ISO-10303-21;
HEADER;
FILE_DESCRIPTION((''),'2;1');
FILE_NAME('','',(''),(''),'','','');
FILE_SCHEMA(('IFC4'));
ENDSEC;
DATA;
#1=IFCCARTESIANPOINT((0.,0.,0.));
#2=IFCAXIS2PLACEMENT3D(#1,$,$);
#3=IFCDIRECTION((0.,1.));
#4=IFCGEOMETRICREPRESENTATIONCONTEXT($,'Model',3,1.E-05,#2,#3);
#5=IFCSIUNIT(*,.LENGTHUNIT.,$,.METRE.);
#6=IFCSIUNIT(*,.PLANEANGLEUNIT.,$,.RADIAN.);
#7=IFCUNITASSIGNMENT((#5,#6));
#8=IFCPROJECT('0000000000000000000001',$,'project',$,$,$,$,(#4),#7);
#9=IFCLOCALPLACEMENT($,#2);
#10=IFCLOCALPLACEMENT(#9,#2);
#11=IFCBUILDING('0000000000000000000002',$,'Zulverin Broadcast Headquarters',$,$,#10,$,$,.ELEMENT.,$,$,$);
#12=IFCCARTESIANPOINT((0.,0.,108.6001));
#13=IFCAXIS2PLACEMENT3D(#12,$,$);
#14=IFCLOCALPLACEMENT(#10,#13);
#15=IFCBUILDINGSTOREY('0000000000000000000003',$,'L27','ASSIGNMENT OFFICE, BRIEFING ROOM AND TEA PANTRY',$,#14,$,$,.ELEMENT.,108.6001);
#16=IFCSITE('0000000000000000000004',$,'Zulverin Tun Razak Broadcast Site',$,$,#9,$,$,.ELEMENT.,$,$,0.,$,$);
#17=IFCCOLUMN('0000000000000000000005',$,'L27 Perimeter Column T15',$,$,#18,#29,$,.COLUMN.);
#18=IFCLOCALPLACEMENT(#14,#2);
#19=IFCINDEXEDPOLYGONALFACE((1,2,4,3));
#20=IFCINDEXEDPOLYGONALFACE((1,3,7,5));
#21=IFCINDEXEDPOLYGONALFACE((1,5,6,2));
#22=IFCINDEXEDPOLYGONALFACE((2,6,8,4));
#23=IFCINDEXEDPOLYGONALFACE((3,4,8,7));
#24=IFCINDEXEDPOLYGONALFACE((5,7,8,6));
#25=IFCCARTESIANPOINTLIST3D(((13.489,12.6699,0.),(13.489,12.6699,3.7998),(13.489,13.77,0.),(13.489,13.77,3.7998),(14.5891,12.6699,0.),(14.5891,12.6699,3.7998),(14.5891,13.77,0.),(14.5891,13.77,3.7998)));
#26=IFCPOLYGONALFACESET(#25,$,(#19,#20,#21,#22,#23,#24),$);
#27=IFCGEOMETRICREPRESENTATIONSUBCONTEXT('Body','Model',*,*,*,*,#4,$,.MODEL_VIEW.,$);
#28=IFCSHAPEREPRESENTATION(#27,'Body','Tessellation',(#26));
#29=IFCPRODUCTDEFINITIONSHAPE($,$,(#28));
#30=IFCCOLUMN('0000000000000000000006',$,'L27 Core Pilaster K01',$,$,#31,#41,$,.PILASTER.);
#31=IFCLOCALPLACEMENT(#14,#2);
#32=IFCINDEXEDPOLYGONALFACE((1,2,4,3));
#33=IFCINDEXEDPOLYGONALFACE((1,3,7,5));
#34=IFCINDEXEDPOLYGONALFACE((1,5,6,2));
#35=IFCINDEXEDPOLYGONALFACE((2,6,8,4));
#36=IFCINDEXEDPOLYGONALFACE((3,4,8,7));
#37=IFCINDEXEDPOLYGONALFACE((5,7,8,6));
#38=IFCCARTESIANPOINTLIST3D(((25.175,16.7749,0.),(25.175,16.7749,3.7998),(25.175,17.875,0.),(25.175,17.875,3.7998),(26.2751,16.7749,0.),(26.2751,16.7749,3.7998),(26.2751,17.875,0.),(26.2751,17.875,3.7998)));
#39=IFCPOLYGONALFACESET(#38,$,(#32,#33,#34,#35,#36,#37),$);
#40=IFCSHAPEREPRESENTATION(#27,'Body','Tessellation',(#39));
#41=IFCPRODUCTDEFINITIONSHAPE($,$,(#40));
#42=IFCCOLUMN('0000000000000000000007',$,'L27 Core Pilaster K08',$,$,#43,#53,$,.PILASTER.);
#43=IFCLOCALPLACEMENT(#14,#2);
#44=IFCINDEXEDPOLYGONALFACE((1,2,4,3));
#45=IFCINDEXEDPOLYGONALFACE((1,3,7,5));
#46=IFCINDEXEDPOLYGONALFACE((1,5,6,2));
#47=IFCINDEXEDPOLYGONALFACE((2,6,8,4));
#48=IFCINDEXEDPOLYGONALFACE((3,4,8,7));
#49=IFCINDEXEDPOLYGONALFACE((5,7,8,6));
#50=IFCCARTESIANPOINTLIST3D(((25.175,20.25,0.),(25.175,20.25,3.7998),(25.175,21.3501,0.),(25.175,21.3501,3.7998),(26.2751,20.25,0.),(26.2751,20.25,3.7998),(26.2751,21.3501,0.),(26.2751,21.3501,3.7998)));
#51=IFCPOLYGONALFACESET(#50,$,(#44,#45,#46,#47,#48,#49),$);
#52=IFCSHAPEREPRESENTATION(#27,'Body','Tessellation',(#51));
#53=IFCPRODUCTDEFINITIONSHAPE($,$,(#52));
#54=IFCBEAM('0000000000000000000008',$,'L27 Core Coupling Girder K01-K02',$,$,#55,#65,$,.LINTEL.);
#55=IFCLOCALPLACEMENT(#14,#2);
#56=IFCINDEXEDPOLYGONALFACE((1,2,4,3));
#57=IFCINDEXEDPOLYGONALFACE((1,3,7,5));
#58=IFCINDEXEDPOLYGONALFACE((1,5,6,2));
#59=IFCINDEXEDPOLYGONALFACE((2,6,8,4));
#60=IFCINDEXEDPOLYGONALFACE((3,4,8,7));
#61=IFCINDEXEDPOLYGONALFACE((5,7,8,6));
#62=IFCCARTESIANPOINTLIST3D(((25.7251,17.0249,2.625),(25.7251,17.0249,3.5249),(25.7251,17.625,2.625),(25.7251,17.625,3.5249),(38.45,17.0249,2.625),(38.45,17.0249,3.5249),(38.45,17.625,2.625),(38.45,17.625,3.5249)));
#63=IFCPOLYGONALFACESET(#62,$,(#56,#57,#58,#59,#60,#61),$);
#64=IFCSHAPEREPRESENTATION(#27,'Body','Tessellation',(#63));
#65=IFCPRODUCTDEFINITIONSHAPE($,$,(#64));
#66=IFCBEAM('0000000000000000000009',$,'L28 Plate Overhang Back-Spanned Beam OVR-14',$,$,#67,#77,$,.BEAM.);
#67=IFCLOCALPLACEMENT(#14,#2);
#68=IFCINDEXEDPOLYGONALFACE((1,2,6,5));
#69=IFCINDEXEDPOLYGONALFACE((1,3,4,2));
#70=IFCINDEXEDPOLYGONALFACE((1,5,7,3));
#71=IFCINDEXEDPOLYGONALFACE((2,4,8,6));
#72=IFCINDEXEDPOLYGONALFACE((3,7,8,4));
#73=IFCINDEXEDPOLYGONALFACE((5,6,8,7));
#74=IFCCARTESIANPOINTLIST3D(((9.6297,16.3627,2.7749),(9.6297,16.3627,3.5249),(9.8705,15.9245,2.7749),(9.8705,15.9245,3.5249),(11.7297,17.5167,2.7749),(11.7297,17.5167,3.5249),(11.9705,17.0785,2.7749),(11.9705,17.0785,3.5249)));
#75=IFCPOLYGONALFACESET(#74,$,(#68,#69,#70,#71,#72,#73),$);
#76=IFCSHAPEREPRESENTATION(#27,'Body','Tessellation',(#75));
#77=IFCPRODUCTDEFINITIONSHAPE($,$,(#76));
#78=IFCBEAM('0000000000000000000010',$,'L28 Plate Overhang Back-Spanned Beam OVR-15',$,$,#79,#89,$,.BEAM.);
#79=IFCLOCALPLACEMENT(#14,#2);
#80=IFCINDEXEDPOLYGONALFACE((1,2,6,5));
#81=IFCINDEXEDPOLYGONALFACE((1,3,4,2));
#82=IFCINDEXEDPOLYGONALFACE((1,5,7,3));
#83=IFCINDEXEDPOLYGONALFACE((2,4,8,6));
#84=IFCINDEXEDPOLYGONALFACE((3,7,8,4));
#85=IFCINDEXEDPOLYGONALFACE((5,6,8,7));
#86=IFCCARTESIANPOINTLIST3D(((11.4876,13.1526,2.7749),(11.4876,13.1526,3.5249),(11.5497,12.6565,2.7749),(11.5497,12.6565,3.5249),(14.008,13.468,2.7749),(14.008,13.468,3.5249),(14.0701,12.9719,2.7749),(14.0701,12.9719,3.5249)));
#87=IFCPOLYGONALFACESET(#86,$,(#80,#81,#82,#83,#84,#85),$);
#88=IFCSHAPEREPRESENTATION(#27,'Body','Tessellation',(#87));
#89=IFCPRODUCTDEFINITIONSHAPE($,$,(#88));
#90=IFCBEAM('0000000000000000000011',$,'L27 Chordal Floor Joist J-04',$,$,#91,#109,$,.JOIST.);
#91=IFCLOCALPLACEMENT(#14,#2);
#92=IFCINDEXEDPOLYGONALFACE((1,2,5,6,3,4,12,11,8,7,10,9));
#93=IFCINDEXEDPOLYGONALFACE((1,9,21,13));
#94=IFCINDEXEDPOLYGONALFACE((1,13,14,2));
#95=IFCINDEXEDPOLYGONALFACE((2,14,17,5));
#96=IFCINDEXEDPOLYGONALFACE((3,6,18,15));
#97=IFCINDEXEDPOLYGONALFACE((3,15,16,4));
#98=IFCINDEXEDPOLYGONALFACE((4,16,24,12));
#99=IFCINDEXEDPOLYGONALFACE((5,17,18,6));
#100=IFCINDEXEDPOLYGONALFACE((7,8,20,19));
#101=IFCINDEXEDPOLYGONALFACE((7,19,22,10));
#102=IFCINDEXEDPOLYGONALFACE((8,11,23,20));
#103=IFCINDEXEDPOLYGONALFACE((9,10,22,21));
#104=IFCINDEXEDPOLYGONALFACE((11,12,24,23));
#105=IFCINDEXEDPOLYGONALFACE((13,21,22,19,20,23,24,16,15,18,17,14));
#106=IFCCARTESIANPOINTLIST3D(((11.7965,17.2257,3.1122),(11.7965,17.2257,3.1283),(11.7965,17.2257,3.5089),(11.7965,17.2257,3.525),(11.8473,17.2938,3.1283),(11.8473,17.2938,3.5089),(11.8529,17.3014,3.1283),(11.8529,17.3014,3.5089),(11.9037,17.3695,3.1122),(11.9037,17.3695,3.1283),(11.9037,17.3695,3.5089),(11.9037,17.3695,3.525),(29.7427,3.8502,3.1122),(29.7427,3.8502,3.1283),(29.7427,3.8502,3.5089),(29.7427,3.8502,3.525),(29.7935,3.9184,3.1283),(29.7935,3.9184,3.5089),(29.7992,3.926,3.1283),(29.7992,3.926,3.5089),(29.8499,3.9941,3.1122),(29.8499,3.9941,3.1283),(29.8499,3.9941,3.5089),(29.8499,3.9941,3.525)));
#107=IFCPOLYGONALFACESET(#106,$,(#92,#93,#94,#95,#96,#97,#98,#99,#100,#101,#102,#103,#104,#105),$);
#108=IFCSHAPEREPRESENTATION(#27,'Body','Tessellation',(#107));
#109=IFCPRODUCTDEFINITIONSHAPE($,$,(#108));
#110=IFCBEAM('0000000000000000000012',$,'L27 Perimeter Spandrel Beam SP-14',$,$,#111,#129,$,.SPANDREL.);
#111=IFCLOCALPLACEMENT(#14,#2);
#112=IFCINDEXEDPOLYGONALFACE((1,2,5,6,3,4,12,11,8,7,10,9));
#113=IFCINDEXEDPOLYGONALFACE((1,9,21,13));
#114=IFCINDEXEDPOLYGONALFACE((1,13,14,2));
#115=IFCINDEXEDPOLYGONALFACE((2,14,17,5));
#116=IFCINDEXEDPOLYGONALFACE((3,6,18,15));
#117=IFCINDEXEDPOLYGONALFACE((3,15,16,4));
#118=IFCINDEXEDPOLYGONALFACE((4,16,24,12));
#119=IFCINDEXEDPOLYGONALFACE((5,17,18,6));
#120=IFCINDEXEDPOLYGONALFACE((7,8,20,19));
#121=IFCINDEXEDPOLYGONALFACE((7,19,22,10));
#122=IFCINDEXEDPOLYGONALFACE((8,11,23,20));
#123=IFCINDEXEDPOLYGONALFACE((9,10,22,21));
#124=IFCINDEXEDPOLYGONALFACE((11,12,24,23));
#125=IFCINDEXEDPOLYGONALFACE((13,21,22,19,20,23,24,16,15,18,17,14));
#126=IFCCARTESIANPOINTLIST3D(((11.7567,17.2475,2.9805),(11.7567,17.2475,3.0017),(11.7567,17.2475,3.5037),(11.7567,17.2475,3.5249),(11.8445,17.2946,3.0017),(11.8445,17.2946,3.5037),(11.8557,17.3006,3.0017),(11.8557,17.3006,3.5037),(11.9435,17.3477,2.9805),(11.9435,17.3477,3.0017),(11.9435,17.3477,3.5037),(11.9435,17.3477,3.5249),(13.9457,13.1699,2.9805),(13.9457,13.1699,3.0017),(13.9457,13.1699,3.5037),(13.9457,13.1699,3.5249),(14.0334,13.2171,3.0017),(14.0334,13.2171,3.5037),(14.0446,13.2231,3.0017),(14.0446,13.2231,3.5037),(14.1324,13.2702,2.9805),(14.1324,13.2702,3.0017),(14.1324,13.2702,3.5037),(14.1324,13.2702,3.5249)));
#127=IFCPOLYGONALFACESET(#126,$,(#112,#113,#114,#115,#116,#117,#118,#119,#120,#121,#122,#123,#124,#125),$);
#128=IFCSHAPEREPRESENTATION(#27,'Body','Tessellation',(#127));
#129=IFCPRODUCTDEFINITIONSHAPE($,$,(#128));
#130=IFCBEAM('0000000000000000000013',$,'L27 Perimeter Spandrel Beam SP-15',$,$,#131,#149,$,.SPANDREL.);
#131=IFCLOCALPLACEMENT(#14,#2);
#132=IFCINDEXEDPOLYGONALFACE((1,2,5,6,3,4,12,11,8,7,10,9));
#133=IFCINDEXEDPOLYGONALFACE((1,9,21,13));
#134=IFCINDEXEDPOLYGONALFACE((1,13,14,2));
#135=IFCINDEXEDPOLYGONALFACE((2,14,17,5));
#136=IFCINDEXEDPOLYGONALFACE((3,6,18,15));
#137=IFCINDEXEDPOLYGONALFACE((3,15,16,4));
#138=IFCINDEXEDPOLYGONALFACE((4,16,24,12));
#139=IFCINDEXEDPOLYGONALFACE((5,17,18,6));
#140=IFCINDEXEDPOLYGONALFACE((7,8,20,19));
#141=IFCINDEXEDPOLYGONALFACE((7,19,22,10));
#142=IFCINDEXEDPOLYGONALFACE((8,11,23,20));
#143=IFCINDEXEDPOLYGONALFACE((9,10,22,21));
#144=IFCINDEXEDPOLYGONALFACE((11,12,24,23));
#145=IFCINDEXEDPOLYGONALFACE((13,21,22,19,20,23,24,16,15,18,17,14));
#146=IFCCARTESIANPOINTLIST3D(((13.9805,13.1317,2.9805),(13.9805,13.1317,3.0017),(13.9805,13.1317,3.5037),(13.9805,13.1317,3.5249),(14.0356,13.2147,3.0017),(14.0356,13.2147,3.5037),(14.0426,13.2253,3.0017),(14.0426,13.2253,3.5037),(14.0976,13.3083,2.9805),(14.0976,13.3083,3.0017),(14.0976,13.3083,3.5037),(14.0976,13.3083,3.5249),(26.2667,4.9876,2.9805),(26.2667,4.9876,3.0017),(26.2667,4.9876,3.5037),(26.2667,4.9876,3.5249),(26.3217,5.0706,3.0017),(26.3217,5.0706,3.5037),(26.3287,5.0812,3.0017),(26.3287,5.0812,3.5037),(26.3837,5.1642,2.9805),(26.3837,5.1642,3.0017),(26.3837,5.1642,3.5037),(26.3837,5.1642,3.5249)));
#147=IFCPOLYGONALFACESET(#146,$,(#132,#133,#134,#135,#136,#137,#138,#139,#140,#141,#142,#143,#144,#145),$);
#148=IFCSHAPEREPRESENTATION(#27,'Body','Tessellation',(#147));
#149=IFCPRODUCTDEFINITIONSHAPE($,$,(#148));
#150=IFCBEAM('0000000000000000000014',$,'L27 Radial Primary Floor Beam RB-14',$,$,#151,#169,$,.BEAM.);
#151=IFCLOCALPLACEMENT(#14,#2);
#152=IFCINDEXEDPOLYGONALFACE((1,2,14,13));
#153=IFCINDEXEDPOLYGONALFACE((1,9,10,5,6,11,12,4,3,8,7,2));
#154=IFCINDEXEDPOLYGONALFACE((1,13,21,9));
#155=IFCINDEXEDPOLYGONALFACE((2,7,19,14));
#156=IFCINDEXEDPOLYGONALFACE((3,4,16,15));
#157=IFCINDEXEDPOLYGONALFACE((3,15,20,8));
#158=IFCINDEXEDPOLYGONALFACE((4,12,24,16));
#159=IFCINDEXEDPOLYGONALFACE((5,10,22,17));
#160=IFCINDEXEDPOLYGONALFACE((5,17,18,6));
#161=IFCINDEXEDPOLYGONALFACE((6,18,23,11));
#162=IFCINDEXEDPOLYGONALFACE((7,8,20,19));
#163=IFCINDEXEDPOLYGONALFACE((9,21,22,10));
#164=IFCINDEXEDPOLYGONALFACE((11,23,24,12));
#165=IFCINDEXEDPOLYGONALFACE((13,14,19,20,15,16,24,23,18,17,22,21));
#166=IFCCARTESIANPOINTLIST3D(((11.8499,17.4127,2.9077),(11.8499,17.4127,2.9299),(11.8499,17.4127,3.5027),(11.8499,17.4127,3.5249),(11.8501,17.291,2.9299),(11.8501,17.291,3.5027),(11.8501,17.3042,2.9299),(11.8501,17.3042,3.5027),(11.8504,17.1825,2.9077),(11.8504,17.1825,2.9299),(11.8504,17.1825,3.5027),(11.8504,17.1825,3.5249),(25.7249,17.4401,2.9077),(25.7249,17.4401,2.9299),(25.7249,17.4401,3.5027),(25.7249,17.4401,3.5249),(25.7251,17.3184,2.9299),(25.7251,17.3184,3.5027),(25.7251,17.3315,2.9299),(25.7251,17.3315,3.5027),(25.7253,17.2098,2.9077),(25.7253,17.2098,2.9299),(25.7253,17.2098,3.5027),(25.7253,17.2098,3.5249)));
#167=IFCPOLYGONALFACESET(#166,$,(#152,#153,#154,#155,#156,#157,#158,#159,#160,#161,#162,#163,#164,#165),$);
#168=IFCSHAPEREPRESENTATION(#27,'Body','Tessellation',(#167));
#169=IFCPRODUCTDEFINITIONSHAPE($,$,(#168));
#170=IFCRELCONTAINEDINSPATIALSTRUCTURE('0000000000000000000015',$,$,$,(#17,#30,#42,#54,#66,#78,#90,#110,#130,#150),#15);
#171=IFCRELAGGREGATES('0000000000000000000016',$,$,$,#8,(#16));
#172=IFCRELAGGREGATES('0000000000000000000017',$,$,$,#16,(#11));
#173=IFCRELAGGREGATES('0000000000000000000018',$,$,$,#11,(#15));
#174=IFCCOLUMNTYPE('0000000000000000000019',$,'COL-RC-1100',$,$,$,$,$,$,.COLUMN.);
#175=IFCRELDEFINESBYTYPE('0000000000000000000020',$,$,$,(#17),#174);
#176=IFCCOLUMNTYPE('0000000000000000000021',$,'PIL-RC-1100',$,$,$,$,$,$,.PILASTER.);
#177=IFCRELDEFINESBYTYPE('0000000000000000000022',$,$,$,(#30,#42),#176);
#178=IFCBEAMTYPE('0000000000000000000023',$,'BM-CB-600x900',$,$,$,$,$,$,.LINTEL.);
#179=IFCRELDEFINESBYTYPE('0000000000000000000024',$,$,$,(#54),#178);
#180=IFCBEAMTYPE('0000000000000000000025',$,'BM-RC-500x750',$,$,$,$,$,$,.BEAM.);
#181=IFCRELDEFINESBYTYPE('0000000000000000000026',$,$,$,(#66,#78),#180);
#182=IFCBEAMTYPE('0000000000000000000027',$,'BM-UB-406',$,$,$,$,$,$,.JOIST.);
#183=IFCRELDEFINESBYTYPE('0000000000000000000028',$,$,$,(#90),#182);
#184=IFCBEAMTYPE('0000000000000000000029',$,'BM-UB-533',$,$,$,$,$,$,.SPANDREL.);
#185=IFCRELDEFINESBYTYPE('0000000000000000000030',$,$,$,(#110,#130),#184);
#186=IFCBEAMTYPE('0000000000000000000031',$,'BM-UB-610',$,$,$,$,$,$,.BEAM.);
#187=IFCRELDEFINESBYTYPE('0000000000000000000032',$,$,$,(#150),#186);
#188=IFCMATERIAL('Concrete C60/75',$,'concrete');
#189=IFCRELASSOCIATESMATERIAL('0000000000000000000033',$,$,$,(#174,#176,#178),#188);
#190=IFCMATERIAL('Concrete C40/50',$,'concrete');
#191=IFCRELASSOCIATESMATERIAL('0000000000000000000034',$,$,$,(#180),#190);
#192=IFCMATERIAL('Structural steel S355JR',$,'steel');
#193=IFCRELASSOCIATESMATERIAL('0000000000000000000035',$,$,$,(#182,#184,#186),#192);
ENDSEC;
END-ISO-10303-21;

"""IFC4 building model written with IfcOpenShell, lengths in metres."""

from ifc_helpers import new_model, si_unit, direction, frame, origin, origin_2d, place, context, subcontext, project, spatial, rectangle, i_section, extrude, material, material_profile, profile_set, type_object, element, save


model = new_model("IFC4")

# Units and contexts
model_context = context("Model", 3, precision=1e-05, world=origin(), true_north=direction((0.0, 1.0)))
body_context = subcontext(model_context, "Body", "Model", "MODEL_VIEW")
ifc_project = project(units=[si_unit("LENGTHUNIT", "METRE"), si_unit("PLANEANGLEUNIT", "RADIAN")], contexts=[model_context])

# Site, building, storey
site_placement = place(None, origin())
site = spatial("IfcSite", under=ifc_project, at=site_placement, Name="Zulverin Tun Razak Broadcast Site", CompositionType="ELEMENT", RefElevation=0.0)
building_placement = place(site_placement, origin())
building = spatial("IfcBuilding", under=site, at=building_placement, Name="Zulverin Broadcast Headquarters", CompositionType="ELEMENT")
storey_placement = place(building_placement, frame((0.0, 0.0, 108.6001)))
storey = spatial("IfcBuildingStorey", under=building, at=storey_placement, Name="L27", Description="ASSIGNMENT OFFICE, BRIEFING ROOM AND TEA PANTRY", CompositionType="ELEMENT", Elevation=108.6001)

# Columns
ifc_material_1 = material(Name="Concrete C60/75", Category="concrete")
ifc_material_profile_1 = material_profile(ifc_material_1, rectangle(XDim=1.1001, YDim=1.1001, at=origin_2d()), Name="Concrete C60/75", Category="concrete")
ifc_profile_set_1 = profile_set([ifc_material_profile_1], Name="Concrete C60/75")
column_type_1 = type_object("IfcColumnType", Name="COL-RC-1100", PredefinedType="COLUMN", material=ifc_profile_set_1)
column_placement = place(storey_placement, frame((14.0391, 13.22, 0.0), z_axis=(0.0, 0.0, 1.0), x_axis=(1.0, 0.0, 0.0)))
element("IfcColumn", 1, at=column_placement, inside=storey, type_object=column_type_1, Name="L27 Perimeter Column T15", PredefinedType="COLUMN", context=body_context, shape_type="SweptSolid", body=[
    extrude(rectangle(XDim=1.1001, YDim=1.1001, at=origin_2d()), origin(), (0.0, 0.0, 1.0), 3.7998),
])
ifc_material_profile_2 = material_profile(ifc_material_1, rectangle(XDim=1.1001, YDim=1.1001, at=origin_2d()), Name="Concrete C60/75", Category="concrete")
ifc_profile_set_2 = profile_set([ifc_material_profile_2], Name="Concrete C60/75")
column_type_2 = type_object("IfcColumnType", Name="PIL-RC-1100", PredefinedType="PILASTER", material=ifc_profile_set_2)
for number, where, z_axis, x_axis, name in (
    (2, (25.7251, 17.325, 0.0), (0.0, 0.0, 1.0), (1.0, 0.0, 0.0), "L27 Core Pilaster K01"),
    (3, (25.7251, 20.8, 0.0), (0.0, 0.0, 1.0), (1.0, 0.0, 0.0), "L27 Core Pilaster K08"),
):
    element("IfcColumn", number, at=place(storey_placement, frame(where, z_axis=z_axis, x_axis=x_axis)), inside=storey, type_object=column_type_2, Name=name, PredefinedType="PILASTER", context=body_context, shape_type="SweptSolid", body=[
        extrude(rectangle(XDim=1.1001, YDim=1.1001, at=origin_2d()), origin(), (0.0, 0.0, 1.0), 3.7998),
    ])

# Beams
ifc_material_profile_3 = material_profile(ifc_material_1, rectangle(XDim=0.6001, YDim=0.8999, at=origin_2d()), Name="Concrete C60/75", Category="concrete")
ifc_profile_set_3 = profile_set([ifc_material_profile_3], Name="Concrete C60/75")
beam_type_1 = type_object("IfcBeamType", Name="BM-CB-600x900", PredefinedType="LINTEL", material=ifc_profile_set_3)
beam_1_placement = place(storey_placement, frame((25.7251, 17.325, 3.075), z_axis=(1.0, 0.0, 0.0), x_axis=(0.0, 1.0, 0.0)))
element("IfcBeam", 4, at=beam_1_placement, inside=storey, type_object=beam_type_1, Name="L27 Core Coupling Girder K01-K02", PredefinedType="LINTEL", context=body_context, shape_type="SweptSolid", body=[
    extrude(rectangle(XDim=0.6001, YDim=0.8999, at=origin_2d()), origin(), (0.0, 0.0, 1.0), 12.7249),
])
ifc_material_2 = material(Name="Concrete C40/50", Category="concrete")
ifc_material_profile_4 = material_profile(ifc_material_2, rectangle(XDim=0.5, YDim=0.75, at=origin_2d()), Name="Concrete C40/50", Category="concrete")
ifc_profile_set_4 = profile_set([ifc_material_profile_4], Name="Concrete C40/50")
beam_type_2 = type_object("IfcBeamType", Name="BM-RC-500x750", PredefinedType="BEAM", material=ifc_profile_set_4)
beam_2_placement = place(storey_placement, frame((11.8501, 17.2976, 3.1499), z_axis=(-0.876392, -0.481598, 0.0), x_axis=(0.481598, -0.876392, 0.0)))
element("IfcBeam", 5, at=beam_2_placement, inside=storey, type_object=beam_type_2, Name="L28 Plate Overhang Back-Spanned Beam OVR-14", PredefinedType="BEAM", context=body_context, shape_type="SweptSolid", body=[
    extrude(rectangle(XDim=0.5, YDim=0.75, at=origin_2d()), origin(), (0.0, 0.0, 1.0), 2.3962),
])
beam_3_placement = place(storey_placement, frame((14.0391, 13.22, 3.1499), z_axis=(-0.992259, -0.124189, 0.0), x_axis=(0.124189, -0.992259, 0.0)))
element("IfcBeam", 6, at=beam_3_placement, inside=storey, type_object=beam_type_2, Name="L28 Plate Overhang Back-Spanned Beam OVR-15", PredefinedType="BEAM", context=body_context, shape_type="SweptSolid", body=[
    extrude(rectangle(XDim=0.5, YDim=0.75, at=origin_2d()), origin(), (0.0, 0.0, 1.0), 2.54),
])
ifc_material_3 = material(Name="Structural steel S355JR", Category="steel")
ifc_material_profile_5 = material_profile(ifc_material_3, i_section(OverallWidth=0.1794, OverallDepth=0.4128, WebThickness=0.0095, FlangeThickness=0.0161, at=origin_2d()), Name="Structural steel S355JR", Category="steel")
ifc_profile_set_5 = profile_set([ifc_material_profile_5], Name="Structural steel S355JR")
beam_type_3 = type_object("IfcBeamType", Name="BM-UB-406", PredefinedType="JOIST", material=ifc_profile_set_5)
beam_4_placement = place(storey_placement, frame((11.8501, 17.2976, 3.3186), z_axis=(0.801803, -0.597589, 0.0), x_axis=(0.597589, 0.801803, 0.0)))
element("IfcBeam", 7, at=beam_4_placement, inside=storey, type_object=beam_type_3, Name="L27 Chordal Floor Joist J-04", PredefinedType="JOIST", context=body_context, shape_type="SweptSolid", body=[
    extrude(i_section(OverallWidth=0.1794, OverallDepth=0.4128, WebThickness=0.0095, FlangeThickness=0.0161, at=origin_2d()), origin(), (0.0, 0.0, 1.0), 22.3823),
])
ifc_material_profile_6 = material_profile(ifc_material_3, i_section(OverallWidth=0.2119, OverallDepth=0.5444, WebThickness=0.0127, FlangeThickness=0.0212, at=origin_2d()), Name="Structural steel S355JR", Category="steel")
ifc_profile_set_6 = profile_set([ifc_material_profile_6], Name="Structural steel S355JR")
beam_type_4 = type_object("IfcBeamType", Name="BM-UB-533", PredefinedType="SPANDREL", material=ifc_profile_set_6)
beam_5_placement = place(storey_placement, frame((11.8501, 17.2976, 3.2527), z_axis=(0.47298, -0.881073, 0.0), x_axis=(0.881073, 0.47298, 0.0)))
element("IfcBeam", 8, at=beam_5_placement, inside=storey, type_object=beam_type_4, Name="L27 Perimeter Spandrel Beam SP-14", PredefinedType="SPANDREL", context=body_context, shape_type="SweptSolid", body=[
    extrude(i_section(OverallWidth=0.2119, OverallDepth=0.5444, WebThickness=0.0127, FlangeThickness=0.0212, at=origin_2d()), origin(), (0.0, 0.0, 1.0), 4.6279),
])
beam_6_placement = place(storey_placement, frame((14.0391, 13.22, 3.2527), z_axis=(0.83351, -0.552504, 0.0), x_axis=(0.552504, 0.83351, 0.0)))
element("IfcBeam", 9, at=beam_6_placement, inside=storey, type_object=beam_type_4, Name="L27 Perimeter Spandrel Beam SP-15", PredefinedType="SPANDREL", context=body_context, shape_type="SweptSolid", body=[
    extrude(i_section(OverallWidth=0.2119, OverallDepth=0.5444, WebThickness=0.0127, FlangeThickness=0.0212, at=origin_2d()), origin(), (0.0, 0.0, 1.0), 14.7402),
])
ifc_material_profile_7 = material_profile(ifc_material_3, i_section(OverallWidth=0.2302, OverallDepth=0.6172, WebThickness=0.0132, FlangeThickness=0.0222, at=origin_2d()), Name="Structural steel S355JR", Category="steel")
ifc_profile_set_7 = profile_set([ifc_material_profile_7], Name="Structural steel S355JR")
beam_type_5 = type_object("IfcBeamType", Name="BM-UB-610", PredefinedType="BEAM", material=ifc_profile_set_7)
beam_7_placement = place(storey_placement, frame((25.7251, 17.325, 3.2163), z_axis=(-0.999998, -0.001971, 0.0), x_axis=(0.001971, -0.999998, 0.0)))
element("IfcBeam", 10, at=beam_7_placement, inside=storey, type_object=beam_type_5, Name="L27 Radial Primary Floor Beam RB-14", PredefinedType="BEAM", context=body_context, shape_type="SweptSolid", body=[
    extrude(i_section(OverallWidth=0.2302, OverallDepth=0.6172, WebThickness=0.0132, FlangeThickness=0.0222, at=origin_2d()), origin(), (0.0, 0.0, 1.0), 13.875),
])

save(model, "model.ifc")
